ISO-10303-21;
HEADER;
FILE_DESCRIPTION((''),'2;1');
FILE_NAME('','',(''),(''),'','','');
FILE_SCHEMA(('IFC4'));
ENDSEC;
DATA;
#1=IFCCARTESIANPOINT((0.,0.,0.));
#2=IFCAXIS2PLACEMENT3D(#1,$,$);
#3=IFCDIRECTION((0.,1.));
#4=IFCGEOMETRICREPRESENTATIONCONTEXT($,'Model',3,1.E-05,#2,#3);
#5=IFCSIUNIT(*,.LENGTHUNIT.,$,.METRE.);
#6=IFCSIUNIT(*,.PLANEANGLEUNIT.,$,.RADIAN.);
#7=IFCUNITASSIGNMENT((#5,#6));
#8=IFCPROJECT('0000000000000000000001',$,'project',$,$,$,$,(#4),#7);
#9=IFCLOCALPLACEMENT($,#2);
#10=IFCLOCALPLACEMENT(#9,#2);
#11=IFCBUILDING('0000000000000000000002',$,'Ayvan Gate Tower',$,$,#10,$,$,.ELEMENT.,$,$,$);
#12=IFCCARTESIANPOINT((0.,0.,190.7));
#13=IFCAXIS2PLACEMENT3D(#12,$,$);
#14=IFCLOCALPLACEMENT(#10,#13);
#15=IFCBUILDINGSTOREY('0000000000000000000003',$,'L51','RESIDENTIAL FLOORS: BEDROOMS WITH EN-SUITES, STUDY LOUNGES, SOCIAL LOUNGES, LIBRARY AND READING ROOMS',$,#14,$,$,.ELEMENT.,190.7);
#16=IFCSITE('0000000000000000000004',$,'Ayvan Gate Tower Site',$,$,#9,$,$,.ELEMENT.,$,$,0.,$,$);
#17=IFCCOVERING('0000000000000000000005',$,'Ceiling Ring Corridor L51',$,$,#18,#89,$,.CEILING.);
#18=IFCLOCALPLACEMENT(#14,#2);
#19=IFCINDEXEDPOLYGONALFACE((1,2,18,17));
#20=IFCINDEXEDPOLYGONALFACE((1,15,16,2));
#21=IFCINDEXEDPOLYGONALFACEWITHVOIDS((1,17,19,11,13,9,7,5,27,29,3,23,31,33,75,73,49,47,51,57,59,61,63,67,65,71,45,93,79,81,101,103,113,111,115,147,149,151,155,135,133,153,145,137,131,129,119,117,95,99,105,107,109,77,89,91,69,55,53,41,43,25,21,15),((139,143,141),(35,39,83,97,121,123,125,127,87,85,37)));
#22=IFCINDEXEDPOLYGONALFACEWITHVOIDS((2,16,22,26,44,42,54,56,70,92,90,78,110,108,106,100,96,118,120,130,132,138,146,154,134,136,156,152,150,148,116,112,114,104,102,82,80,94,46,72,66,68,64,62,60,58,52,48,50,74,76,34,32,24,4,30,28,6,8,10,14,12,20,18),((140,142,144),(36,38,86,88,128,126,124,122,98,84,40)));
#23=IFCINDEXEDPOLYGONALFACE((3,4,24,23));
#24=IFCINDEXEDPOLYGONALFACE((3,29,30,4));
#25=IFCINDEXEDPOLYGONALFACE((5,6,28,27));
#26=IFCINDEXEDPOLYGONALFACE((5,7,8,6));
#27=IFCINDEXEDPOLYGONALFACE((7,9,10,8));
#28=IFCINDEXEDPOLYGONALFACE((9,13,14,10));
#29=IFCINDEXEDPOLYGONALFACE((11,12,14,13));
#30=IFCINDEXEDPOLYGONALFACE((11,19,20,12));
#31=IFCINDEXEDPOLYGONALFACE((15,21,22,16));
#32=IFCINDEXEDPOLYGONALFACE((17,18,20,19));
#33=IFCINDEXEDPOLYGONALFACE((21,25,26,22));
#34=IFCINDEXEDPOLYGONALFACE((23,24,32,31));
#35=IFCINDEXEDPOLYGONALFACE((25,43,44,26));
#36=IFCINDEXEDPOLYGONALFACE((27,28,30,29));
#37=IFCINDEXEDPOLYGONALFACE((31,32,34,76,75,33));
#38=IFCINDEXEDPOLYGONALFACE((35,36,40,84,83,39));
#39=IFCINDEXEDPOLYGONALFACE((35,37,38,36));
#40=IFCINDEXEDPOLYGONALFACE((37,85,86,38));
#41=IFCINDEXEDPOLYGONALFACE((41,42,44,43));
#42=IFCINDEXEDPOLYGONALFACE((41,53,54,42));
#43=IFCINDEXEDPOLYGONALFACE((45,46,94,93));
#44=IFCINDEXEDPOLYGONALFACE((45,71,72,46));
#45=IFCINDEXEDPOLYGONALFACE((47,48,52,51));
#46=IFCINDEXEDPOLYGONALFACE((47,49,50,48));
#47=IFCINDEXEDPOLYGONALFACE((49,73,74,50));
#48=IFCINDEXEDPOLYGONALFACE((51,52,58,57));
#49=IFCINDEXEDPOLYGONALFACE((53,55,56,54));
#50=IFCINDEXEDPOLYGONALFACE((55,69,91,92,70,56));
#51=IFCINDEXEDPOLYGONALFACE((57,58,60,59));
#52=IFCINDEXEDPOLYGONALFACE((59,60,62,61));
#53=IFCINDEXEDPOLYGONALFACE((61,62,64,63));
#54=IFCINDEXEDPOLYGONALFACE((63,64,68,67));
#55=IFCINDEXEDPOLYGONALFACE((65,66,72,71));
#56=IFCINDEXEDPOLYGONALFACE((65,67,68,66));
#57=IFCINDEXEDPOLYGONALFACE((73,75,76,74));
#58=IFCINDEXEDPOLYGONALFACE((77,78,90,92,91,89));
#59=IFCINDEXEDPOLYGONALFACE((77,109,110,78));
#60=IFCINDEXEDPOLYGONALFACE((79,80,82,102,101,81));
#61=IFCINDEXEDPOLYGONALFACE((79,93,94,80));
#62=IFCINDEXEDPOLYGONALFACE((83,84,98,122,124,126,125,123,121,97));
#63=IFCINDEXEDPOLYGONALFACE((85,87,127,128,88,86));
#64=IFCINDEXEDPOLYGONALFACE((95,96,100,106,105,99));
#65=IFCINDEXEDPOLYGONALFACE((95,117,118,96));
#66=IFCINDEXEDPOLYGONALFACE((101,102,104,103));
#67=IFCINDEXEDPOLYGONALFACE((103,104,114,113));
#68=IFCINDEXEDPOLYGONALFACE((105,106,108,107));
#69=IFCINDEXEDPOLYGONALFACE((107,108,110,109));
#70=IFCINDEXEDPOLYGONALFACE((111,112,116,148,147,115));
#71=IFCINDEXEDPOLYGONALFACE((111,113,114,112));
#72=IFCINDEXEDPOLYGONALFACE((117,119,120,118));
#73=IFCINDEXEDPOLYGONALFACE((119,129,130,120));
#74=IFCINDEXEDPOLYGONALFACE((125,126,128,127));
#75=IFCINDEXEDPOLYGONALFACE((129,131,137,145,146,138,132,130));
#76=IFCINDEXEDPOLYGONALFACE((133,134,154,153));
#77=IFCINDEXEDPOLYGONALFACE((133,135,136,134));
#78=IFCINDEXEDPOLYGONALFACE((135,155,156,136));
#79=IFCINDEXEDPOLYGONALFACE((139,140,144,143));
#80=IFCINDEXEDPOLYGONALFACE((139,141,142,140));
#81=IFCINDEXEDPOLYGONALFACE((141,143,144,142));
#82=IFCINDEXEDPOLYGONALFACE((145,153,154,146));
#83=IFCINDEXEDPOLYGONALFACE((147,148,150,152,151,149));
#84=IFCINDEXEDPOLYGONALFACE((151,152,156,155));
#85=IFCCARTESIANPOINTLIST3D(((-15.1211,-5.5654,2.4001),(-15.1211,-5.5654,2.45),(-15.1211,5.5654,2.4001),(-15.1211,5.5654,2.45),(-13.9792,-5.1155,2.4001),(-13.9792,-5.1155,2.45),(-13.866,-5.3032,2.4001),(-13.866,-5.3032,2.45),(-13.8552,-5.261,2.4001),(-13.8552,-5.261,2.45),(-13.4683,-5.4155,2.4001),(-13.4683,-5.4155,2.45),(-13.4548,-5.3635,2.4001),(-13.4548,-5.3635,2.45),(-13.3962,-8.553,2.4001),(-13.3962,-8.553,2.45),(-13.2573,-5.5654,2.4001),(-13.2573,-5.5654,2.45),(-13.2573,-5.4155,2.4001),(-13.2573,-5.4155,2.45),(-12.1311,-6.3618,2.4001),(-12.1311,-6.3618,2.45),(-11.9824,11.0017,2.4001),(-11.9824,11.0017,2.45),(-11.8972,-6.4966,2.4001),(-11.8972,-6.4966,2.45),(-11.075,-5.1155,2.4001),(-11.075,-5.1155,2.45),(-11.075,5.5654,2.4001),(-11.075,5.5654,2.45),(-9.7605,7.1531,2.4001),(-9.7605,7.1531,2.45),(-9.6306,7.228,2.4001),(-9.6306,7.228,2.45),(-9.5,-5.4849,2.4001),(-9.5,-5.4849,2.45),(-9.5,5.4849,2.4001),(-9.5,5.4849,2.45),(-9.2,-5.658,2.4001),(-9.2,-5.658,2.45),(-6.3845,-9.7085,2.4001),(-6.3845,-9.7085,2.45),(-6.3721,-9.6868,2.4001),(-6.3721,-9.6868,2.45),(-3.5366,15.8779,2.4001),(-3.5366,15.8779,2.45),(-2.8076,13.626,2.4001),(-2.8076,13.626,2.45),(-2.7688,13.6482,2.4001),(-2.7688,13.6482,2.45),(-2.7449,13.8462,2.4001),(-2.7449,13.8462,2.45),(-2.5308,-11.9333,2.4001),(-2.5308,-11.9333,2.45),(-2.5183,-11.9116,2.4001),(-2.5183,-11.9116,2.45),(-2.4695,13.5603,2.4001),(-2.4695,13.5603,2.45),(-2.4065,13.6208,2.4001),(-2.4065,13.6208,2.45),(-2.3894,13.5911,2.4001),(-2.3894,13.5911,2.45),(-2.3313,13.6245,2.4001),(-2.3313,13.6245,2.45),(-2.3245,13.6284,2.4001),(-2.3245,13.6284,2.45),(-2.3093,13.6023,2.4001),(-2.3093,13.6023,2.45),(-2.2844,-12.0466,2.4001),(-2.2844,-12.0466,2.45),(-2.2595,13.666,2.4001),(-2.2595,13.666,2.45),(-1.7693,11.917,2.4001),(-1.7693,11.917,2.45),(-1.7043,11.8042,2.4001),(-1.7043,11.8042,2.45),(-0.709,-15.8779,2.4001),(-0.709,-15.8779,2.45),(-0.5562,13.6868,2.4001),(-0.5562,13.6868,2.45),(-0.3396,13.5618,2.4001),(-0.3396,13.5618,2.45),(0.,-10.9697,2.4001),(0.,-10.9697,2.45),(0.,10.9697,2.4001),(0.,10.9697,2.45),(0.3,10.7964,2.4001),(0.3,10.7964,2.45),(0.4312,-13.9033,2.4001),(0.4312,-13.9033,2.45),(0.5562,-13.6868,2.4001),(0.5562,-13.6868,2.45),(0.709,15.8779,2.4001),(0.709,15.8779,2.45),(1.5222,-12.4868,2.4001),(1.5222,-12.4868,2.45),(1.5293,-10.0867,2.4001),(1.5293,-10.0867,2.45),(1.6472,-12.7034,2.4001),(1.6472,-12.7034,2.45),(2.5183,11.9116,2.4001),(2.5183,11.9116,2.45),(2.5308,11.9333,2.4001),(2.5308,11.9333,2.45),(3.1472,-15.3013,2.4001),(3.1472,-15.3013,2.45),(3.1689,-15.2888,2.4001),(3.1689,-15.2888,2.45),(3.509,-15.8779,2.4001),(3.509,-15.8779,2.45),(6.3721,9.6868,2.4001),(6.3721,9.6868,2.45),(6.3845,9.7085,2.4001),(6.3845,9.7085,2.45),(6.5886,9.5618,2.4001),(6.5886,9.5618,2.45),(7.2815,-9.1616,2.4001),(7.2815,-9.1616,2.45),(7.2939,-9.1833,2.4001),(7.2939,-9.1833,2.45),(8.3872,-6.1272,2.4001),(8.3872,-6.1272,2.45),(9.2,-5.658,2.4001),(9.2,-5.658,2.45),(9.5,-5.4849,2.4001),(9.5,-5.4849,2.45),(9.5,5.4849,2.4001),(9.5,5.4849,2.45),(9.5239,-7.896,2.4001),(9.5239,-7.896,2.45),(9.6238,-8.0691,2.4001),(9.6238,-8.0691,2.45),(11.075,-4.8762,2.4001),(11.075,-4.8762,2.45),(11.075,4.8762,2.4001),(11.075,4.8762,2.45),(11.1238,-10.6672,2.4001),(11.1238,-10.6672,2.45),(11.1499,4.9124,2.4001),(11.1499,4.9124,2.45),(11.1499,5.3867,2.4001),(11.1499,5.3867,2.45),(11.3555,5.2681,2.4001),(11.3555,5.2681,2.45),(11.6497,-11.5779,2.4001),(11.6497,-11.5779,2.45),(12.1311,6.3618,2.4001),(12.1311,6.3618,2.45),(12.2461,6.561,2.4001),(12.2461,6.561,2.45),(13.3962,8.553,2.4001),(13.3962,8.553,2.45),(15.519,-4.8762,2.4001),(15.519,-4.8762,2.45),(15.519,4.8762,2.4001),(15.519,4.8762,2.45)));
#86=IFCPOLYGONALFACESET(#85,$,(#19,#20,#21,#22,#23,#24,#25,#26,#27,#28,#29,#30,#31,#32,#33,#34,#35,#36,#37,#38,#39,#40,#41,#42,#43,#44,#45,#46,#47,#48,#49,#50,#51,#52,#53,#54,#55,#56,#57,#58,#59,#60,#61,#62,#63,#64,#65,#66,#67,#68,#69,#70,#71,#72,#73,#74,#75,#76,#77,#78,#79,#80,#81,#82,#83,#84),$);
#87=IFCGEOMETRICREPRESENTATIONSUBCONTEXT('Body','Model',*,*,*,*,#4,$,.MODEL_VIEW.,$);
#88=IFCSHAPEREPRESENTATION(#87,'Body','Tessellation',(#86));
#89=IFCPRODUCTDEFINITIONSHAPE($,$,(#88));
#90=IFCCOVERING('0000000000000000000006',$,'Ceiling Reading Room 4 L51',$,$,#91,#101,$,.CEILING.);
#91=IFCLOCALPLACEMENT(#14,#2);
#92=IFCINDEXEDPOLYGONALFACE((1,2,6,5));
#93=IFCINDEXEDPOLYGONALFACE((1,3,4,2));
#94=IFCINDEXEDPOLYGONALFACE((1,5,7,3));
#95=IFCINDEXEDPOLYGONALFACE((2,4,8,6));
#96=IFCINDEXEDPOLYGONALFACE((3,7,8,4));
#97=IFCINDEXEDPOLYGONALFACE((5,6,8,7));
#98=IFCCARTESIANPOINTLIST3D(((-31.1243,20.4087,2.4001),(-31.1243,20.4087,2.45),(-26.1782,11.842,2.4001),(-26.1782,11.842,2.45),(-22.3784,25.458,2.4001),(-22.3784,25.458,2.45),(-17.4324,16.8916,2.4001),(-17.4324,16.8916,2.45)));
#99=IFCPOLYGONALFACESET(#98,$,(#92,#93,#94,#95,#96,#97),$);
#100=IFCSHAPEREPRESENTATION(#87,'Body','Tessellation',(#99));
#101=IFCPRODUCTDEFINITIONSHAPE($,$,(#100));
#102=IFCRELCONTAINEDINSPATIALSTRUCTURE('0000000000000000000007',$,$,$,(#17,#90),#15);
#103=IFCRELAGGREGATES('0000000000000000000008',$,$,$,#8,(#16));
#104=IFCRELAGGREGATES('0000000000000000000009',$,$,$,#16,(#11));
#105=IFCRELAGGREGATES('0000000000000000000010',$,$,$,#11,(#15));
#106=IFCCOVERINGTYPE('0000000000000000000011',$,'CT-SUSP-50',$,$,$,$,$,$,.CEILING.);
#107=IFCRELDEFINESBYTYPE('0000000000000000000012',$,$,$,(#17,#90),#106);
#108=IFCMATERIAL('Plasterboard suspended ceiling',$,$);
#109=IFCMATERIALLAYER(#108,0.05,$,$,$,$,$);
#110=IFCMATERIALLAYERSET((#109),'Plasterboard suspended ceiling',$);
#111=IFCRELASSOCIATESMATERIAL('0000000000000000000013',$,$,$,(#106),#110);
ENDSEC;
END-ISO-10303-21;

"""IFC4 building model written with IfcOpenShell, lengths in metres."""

from ifc_helpers import new_model, si_unit, direction, frame, origin, place, context, subcontext, project, spatial, polyline, outline, extrude, material, layer, layer_set, type_object, element, save


model = new_model("IFC4")

# Units and contexts
model_context = context("Model", 3, precision=1e-05, world=origin(), true_north=direction((0.0, 1.0)))
body_context = subcontext(model_context, "Body", "Model", "MODEL_VIEW")
ifc_project = project(units=[si_unit("LENGTHUNIT", "METRE"), si_unit("PLANEANGLEUNIT", "RADIAN")], contexts=[model_context])

# Site, building, storey
site_placement = place(None, origin())
site = spatial("IfcSite", under=ifc_project, at=site_placement, Name="Ayvan Gate Tower Site", CompositionType="ELEMENT", RefElevation=0.0)
building_placement = place(site_placement, origin())
building = spatial("IfcBuilding", under=site, at=building_placement, Name="Ayvan Gate Tower", CompositionType="ELEMENT")
storey_placement = place(building_placement, frame((0.0, 0.0, 190.7)))
storey = spatial("IfcBuildingStorey", under=building, at=storey_placement, Name="L51", Description="RESIDENTIAL FLOORS: BEDROOMS WITH EN-SUITES, STUDY LOUNGES, SOCIAL LOUNGES, LIBRARY AND READING ROOMS", CompositionType="ELEMENT", Elevation=190.7)

# Coverings
ifc_material_1 = material(Name="Plasterboard suspended ceiling")
ifc_layer_1 = layer(ifc_material_1, 0.05)
ifc_layer_set_1 = layer_set([ifc_layer_1], Name="Plasterboard suspended ceiling")
covering_type = type_object("IfcCoveringType", Name="CT-SUSP-50", PredefinedType="CEILING", material=ifc_layer_set_1)
covering_1_placement = place(storey_placement, frame((0.0, 0.0, 2.4001)))
element("IfcCovering", 1, at=covering_1_placement, inside=storey, type_object=covering_type, Name="Ceiling Ring Corridor L51", PredefinedType="CEILING", context=body_context, shape_type="SweptSolid", body=[
    extrude(outline(polyline([(-13.9792, -5.1155), (-11.075, -5.1155), (-11.075, 5.5654), (-15.1211, 5.5654), (-11.9824, 11.0017), (-9.7605, 7.1531), (-9.6306, 7.228), (-1.7043, 11.8042), (-1.7693, 11.917), (-2.7688, 13.6482), (-2.8076, 13.626), (-2.7449, 13.8462), (-2.4695, 13.5603), (-2.4065, 13.6208), (-2.3894, 13.5911), (-2.3313, 13.6245), (-2.3093, 13.6023), (-2.3245, 13.6284), (-2.2595, 13.666), (-3.5366, 15.8779), (0.709, 15.8779), (-0.5562, 13.6868), (-0.3396, 13.5618), (2.5183, 11.9116), (2.5308, 11.9333), (6.3845, 9.7085), (6.3721, 9.6868), (6.5886, 9.5618), (12.1311, 6.3618), (12.2461, 6.561), (13.3962, 8.553), (15.519, 4.8762), (11.075, 4.8762), (11.075, -4.8762), (15.519, -4.8762), (11.6497, -11.5779), (11.1238, -10.6672), (9.6238, -8.0691), (9.5239, -7.896), (7.2939, -9.1833), (7.2815, -9.1616), (1.5222, -12.4868), (1.6472, -12.7034), (3.1472, -15.3013), (3.1689, -15.2888), (3.509, -15.8779), (-0.709, -15.8779), (0.4312, -13.9033), (0.5562, -13.6868), (-2.2844, -12.0466), (-2.5183, -11.9116), (-2.5308, -11.9333), (-6.3845, -9.7085), (-6.3721, -9.6868), (-11.8972, -6.4966), (-12.1311, -6.3618), (-13.3962, -8.553), (-15.1211, -5.5654), (-13.2573, -5.5654), (-13.2573, -5.4155), (-13.4683, -5.4155), (-13.4548, -5.3635), (-13.8552, -5.261), (-13.866, -5.3032), (-13.9792, -5.1155)]), holes=[polyline([(11.3555, 5.2681), (11.1499, 5.3867), (11.1499, 4.9124), (11.3555, 5.2681)]), polyline([(0.0, -10.9697), (1.5293, -10.0867), (8.3872, -6.1272), (9.2, -5.658), (9.5, -5.4849), (9.5, 5.4849), (0.3, 10.7964), (0.0, 10.9697), (-9.5, 5.4849), (-9.5, -5.4849), (-9.2, -5.658), (0.0, -10.9697)])]), origin(), (0.0, 0.0, 1.0), 0.0498),
])
covering_2_placement = place(storey_placement, frame((0.0, 0.0, 2.4001)))
element("IfcCovering", 2, at=covering_2_placement, inside=storey, type_object=covering_type, Name="Ceiling Reading Room 4 L51", PredefinedType="CEILING", context=body_context, shape_type="SweptSolid", body=[
    extrude(outline(polyline([(-17.4324, 16.8916), (-26.1782, 11.842), (-31.1243, 20.4087), (-22.3784, 25.458), (-17.4324, 16.8916)])), origin(), (0.0, 0.0, 1.0), 0.0498),
])

save(model, "model.ifc")
